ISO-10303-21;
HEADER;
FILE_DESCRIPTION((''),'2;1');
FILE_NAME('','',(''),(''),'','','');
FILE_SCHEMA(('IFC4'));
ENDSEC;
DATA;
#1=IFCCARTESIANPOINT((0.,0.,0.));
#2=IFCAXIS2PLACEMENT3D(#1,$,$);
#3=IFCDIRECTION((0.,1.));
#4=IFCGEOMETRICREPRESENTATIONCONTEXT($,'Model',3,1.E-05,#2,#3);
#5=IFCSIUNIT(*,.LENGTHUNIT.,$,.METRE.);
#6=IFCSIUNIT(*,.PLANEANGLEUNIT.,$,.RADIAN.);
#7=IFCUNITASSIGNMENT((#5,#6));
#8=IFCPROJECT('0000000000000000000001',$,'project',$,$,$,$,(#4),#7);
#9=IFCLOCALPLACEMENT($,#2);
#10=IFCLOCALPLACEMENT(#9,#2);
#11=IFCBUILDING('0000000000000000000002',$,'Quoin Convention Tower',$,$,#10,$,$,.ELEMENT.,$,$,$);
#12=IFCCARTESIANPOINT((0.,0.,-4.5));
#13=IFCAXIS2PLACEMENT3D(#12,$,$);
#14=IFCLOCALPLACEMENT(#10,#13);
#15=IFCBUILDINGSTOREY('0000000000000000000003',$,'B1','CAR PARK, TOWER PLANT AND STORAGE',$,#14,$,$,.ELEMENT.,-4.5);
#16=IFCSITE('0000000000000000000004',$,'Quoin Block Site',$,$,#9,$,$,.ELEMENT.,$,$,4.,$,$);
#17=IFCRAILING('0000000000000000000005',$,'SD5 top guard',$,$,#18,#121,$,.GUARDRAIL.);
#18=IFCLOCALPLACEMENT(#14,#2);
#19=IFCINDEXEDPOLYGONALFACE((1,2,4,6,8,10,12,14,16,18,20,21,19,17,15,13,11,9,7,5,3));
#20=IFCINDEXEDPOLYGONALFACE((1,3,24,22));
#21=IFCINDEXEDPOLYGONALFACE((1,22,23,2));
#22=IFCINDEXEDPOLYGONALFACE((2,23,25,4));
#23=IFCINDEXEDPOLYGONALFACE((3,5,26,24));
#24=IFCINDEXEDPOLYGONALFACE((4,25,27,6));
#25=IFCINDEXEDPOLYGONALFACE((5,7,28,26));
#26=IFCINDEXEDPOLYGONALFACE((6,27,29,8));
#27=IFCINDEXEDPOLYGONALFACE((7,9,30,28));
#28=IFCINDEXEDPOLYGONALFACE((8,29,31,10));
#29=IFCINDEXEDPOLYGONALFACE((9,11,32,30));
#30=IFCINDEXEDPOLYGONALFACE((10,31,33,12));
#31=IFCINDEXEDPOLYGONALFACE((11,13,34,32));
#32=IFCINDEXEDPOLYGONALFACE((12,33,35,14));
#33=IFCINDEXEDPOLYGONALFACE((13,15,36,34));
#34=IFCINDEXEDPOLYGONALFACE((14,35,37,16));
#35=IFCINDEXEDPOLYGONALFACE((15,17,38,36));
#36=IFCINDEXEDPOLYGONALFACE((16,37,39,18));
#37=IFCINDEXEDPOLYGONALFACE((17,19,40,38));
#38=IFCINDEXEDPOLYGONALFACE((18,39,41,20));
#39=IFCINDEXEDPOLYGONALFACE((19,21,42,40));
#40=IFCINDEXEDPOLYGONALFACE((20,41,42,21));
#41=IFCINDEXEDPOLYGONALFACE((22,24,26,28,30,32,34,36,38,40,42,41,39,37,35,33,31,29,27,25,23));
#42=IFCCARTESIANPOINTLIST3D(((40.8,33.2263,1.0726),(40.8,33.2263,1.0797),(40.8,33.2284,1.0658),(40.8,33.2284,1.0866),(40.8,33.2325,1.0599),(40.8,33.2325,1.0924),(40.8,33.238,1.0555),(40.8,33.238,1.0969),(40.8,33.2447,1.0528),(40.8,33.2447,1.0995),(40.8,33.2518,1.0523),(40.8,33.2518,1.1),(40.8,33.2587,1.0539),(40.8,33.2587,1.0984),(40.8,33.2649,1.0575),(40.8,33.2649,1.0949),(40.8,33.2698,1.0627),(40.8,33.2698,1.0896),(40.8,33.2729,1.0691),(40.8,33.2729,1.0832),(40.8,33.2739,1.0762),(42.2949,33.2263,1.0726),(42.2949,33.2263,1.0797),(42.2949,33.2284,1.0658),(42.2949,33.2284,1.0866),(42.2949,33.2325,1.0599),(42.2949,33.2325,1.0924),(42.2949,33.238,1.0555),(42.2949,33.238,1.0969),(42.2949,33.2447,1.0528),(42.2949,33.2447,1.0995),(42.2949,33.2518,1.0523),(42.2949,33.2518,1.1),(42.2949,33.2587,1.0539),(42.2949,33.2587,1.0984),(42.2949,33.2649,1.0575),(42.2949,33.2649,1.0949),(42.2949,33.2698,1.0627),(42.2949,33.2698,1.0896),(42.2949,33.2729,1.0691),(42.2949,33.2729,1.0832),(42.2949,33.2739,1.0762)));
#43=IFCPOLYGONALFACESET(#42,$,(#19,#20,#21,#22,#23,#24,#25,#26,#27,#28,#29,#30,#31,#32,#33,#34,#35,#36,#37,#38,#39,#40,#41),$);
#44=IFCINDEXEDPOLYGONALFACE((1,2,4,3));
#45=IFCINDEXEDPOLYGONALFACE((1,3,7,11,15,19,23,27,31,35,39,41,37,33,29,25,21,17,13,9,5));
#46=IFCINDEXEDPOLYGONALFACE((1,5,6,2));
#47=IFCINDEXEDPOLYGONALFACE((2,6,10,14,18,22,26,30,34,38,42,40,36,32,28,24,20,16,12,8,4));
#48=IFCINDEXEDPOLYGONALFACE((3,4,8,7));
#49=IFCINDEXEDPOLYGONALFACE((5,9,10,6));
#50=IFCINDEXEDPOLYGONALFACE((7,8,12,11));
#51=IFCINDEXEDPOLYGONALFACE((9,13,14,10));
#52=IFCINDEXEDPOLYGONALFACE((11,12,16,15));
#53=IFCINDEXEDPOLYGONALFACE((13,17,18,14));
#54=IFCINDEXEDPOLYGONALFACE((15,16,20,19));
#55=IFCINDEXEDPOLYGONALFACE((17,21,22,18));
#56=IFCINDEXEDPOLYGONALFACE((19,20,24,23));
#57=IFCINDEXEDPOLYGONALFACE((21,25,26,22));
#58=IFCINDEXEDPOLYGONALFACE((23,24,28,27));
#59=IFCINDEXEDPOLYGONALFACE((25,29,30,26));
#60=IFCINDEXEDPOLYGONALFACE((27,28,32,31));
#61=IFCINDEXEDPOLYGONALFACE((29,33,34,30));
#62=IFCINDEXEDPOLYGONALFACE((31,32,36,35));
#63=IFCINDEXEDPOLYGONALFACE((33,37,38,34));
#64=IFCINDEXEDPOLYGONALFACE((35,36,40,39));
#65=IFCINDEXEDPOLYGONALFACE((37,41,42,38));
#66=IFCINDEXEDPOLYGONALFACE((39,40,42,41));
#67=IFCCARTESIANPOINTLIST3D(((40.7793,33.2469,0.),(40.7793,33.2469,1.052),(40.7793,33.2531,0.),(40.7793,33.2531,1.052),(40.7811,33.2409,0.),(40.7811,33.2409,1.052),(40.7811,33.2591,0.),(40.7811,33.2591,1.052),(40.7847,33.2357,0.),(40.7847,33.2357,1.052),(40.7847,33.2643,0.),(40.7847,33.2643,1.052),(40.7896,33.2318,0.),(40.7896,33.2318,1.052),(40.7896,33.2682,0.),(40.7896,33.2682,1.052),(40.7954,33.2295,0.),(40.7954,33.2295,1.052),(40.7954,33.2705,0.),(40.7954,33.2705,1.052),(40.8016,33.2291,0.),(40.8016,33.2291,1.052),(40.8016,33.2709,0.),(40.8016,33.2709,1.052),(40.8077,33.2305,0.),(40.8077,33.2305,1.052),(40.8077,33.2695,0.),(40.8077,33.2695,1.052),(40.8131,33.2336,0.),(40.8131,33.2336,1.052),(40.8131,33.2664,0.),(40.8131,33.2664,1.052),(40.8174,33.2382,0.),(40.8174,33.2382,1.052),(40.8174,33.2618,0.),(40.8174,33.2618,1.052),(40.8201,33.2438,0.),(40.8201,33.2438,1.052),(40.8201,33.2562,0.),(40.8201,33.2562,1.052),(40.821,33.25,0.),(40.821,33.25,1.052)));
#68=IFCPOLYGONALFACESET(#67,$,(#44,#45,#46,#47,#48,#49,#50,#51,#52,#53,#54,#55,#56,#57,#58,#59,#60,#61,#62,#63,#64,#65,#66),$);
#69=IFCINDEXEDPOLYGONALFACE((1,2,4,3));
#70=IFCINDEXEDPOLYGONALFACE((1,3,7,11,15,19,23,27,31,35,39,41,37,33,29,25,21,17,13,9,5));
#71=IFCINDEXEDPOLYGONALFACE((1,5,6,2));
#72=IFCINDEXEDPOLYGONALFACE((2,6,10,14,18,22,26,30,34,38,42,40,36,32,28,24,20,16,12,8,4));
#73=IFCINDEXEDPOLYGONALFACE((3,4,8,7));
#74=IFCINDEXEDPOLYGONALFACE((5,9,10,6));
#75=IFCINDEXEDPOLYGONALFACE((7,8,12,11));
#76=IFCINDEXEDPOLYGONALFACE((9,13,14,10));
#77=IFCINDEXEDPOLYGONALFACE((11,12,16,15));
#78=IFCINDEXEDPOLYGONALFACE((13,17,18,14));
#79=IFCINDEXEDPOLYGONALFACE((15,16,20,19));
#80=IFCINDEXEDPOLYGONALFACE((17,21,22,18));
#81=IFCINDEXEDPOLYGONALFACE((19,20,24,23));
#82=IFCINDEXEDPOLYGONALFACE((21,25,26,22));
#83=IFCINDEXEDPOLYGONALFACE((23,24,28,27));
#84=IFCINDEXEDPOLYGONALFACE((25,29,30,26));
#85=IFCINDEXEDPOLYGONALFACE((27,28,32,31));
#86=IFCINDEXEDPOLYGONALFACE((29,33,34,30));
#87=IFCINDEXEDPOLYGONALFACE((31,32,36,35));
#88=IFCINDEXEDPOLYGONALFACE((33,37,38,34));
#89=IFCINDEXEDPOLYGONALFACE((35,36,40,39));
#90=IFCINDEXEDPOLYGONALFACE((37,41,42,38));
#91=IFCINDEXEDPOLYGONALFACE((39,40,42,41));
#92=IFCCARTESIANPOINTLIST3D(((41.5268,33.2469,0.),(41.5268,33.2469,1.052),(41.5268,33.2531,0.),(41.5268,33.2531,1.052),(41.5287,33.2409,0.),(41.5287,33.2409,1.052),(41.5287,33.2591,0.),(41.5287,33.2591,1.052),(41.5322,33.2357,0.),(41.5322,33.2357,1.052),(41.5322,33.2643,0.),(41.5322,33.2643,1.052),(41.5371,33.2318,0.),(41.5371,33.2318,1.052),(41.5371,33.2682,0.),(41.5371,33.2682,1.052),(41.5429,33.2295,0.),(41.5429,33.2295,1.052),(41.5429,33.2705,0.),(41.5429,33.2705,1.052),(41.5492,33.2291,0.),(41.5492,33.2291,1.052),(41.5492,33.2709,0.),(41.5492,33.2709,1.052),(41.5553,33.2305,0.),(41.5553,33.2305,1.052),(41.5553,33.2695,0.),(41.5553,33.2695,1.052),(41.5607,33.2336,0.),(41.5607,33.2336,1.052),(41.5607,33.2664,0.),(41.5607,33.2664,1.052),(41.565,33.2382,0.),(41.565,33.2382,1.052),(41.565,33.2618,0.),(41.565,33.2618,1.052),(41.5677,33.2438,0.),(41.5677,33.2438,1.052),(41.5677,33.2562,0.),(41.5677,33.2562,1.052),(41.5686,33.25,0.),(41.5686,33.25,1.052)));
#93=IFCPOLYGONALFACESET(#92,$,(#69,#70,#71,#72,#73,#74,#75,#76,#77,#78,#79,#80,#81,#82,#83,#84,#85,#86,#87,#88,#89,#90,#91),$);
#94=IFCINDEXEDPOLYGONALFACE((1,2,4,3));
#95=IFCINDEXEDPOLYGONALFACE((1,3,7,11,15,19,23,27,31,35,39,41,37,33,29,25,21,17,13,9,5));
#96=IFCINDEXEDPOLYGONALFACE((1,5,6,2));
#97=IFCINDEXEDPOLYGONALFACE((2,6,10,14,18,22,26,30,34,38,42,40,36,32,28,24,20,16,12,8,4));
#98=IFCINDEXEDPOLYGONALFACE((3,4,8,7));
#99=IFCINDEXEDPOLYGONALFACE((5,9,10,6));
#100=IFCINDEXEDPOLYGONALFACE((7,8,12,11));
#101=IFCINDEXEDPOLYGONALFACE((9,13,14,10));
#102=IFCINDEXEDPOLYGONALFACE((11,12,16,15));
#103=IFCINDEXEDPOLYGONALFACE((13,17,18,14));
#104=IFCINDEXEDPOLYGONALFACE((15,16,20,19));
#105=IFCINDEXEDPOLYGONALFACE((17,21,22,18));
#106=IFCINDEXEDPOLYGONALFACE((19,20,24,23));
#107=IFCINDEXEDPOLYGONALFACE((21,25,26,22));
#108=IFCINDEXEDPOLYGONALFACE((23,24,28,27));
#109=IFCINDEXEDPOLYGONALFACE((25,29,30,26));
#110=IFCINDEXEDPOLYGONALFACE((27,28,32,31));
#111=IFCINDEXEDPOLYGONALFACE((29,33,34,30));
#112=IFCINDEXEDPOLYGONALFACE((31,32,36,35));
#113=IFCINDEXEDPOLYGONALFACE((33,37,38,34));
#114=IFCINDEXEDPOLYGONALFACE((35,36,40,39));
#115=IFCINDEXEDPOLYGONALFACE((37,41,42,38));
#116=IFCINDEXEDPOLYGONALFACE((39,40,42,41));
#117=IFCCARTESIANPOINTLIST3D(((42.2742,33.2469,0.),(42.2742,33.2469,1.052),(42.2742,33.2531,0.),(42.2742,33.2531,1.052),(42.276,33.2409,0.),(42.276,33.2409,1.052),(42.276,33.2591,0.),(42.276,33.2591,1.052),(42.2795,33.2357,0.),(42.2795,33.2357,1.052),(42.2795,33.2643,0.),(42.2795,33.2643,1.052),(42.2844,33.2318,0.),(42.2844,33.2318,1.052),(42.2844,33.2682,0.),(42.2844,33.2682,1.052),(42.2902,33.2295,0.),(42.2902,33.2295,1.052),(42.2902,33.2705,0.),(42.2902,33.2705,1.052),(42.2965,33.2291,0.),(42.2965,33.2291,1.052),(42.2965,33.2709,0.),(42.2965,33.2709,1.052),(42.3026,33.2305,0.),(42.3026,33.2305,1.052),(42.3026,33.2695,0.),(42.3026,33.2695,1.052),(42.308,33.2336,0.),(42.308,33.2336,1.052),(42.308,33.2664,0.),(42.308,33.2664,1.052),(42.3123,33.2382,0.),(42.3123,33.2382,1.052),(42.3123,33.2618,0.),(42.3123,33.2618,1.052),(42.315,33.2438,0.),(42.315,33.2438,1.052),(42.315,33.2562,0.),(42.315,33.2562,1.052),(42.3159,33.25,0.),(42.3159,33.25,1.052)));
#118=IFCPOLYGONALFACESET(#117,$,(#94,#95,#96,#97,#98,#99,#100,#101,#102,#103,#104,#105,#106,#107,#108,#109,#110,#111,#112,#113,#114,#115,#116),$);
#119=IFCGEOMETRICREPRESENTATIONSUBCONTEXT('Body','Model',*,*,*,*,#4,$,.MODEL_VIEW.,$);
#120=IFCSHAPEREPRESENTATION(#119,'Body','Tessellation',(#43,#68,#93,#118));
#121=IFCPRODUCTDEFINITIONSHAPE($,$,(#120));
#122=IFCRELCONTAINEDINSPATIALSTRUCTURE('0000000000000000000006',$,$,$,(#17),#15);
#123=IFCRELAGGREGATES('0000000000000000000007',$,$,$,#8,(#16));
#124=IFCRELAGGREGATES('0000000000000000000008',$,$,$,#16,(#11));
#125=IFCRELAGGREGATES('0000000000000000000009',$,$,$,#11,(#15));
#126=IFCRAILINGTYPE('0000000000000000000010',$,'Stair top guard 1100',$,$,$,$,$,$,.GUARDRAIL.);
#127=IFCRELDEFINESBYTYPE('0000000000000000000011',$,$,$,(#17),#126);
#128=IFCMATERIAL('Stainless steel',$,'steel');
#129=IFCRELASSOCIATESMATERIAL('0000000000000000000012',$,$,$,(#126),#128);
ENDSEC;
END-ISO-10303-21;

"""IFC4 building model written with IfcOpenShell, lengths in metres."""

from ifc_helpers import new_model, si_unit, direction, frame, origin, origin_2d, place, context, subcontext, project, spatial, circle, extrude, material, type_object, element, save


model = new_model("IFC4")

# Units and contexts
model_context = context("Model", 3, precision=1e-05, world=origin(), true_north=direction((0.0, 1.0)))
body_context = subcontext(model_context, "Body", "Model", "MODEL_VIEW")
ifc_project = project(units=[si_unit("LENGTHUNIT", "METRE"), si_unit("PLANEANGLEUNIT", "RADIAN")], contexts=[model_context])

# Site, building, storey
site_placement = place(None, origin())
site = spatial("IfcSite", under=ifc_project, at=site_placement, Name="Quoin Block Site", CompositionType="ELEMENT", RefElevation=4.0)
building_placement = place(site_placement, origin())
building = spatial("IfcBuilding", under=site, at=building_placement, Name="Quoin Convention Tower", CompositionType="ELEMENT")
storey_placement = place(building_placement, frame((0.0, 0.0, -4.5)))
storey = spatial("IfcBuildingStorey", under=building, at=storey_placement, Name="B1", Description="CAR PARK, TOWER PLANT AND STORAGE", CompositionType="ELEMENT", Elevation=-4.5)

# Railing
ifc_material_1 = material(Name="Stainless steel", Category="steel")
railing_type_1 = type_object("IfcRailingType", Name="Stair top guard 1100", PredefinedType="GUARDRAIL", material=ifc_material_1)
railing_1_placement = place(storey_placement, frame((40.8, 33.25, 0.0)))
element("IfcRailing", 1, at=railing_1_placement, inside=storey, type_object=railing_type_1, Name="SD5 top guard", PredefinedType="GUARDRAIL", context=body_context, shape_type="SweptSolid", body=[
    extrude(circle(Radius=0.0239, at=origin_2d()), frame((0.0, 0.0, 1.0762), z_axis=(1.0, 0.0, 0.0), x_axis=(0.0, 1.0, 0.0)), (0.0, 0.0, 1.0), 1.4949),
    extrude(circle(Radius=0.021, at=origin_2d()), origin(), (0.0, 0.0, 1.0), 1.052),
    extrude(circle(Radius=0.021, at=origin_2d()), frame((0.7476, 0.0, 0.0)), (0.0, 0.0, 1.0), 1.052),
    extrude(circle(Radius=0.021, at=origin_2d()), frame((1.4949, 0.0, 0.0)), (0.0, 0.0, 1.0), 1.052),
])

save(model, "model.ifc")
